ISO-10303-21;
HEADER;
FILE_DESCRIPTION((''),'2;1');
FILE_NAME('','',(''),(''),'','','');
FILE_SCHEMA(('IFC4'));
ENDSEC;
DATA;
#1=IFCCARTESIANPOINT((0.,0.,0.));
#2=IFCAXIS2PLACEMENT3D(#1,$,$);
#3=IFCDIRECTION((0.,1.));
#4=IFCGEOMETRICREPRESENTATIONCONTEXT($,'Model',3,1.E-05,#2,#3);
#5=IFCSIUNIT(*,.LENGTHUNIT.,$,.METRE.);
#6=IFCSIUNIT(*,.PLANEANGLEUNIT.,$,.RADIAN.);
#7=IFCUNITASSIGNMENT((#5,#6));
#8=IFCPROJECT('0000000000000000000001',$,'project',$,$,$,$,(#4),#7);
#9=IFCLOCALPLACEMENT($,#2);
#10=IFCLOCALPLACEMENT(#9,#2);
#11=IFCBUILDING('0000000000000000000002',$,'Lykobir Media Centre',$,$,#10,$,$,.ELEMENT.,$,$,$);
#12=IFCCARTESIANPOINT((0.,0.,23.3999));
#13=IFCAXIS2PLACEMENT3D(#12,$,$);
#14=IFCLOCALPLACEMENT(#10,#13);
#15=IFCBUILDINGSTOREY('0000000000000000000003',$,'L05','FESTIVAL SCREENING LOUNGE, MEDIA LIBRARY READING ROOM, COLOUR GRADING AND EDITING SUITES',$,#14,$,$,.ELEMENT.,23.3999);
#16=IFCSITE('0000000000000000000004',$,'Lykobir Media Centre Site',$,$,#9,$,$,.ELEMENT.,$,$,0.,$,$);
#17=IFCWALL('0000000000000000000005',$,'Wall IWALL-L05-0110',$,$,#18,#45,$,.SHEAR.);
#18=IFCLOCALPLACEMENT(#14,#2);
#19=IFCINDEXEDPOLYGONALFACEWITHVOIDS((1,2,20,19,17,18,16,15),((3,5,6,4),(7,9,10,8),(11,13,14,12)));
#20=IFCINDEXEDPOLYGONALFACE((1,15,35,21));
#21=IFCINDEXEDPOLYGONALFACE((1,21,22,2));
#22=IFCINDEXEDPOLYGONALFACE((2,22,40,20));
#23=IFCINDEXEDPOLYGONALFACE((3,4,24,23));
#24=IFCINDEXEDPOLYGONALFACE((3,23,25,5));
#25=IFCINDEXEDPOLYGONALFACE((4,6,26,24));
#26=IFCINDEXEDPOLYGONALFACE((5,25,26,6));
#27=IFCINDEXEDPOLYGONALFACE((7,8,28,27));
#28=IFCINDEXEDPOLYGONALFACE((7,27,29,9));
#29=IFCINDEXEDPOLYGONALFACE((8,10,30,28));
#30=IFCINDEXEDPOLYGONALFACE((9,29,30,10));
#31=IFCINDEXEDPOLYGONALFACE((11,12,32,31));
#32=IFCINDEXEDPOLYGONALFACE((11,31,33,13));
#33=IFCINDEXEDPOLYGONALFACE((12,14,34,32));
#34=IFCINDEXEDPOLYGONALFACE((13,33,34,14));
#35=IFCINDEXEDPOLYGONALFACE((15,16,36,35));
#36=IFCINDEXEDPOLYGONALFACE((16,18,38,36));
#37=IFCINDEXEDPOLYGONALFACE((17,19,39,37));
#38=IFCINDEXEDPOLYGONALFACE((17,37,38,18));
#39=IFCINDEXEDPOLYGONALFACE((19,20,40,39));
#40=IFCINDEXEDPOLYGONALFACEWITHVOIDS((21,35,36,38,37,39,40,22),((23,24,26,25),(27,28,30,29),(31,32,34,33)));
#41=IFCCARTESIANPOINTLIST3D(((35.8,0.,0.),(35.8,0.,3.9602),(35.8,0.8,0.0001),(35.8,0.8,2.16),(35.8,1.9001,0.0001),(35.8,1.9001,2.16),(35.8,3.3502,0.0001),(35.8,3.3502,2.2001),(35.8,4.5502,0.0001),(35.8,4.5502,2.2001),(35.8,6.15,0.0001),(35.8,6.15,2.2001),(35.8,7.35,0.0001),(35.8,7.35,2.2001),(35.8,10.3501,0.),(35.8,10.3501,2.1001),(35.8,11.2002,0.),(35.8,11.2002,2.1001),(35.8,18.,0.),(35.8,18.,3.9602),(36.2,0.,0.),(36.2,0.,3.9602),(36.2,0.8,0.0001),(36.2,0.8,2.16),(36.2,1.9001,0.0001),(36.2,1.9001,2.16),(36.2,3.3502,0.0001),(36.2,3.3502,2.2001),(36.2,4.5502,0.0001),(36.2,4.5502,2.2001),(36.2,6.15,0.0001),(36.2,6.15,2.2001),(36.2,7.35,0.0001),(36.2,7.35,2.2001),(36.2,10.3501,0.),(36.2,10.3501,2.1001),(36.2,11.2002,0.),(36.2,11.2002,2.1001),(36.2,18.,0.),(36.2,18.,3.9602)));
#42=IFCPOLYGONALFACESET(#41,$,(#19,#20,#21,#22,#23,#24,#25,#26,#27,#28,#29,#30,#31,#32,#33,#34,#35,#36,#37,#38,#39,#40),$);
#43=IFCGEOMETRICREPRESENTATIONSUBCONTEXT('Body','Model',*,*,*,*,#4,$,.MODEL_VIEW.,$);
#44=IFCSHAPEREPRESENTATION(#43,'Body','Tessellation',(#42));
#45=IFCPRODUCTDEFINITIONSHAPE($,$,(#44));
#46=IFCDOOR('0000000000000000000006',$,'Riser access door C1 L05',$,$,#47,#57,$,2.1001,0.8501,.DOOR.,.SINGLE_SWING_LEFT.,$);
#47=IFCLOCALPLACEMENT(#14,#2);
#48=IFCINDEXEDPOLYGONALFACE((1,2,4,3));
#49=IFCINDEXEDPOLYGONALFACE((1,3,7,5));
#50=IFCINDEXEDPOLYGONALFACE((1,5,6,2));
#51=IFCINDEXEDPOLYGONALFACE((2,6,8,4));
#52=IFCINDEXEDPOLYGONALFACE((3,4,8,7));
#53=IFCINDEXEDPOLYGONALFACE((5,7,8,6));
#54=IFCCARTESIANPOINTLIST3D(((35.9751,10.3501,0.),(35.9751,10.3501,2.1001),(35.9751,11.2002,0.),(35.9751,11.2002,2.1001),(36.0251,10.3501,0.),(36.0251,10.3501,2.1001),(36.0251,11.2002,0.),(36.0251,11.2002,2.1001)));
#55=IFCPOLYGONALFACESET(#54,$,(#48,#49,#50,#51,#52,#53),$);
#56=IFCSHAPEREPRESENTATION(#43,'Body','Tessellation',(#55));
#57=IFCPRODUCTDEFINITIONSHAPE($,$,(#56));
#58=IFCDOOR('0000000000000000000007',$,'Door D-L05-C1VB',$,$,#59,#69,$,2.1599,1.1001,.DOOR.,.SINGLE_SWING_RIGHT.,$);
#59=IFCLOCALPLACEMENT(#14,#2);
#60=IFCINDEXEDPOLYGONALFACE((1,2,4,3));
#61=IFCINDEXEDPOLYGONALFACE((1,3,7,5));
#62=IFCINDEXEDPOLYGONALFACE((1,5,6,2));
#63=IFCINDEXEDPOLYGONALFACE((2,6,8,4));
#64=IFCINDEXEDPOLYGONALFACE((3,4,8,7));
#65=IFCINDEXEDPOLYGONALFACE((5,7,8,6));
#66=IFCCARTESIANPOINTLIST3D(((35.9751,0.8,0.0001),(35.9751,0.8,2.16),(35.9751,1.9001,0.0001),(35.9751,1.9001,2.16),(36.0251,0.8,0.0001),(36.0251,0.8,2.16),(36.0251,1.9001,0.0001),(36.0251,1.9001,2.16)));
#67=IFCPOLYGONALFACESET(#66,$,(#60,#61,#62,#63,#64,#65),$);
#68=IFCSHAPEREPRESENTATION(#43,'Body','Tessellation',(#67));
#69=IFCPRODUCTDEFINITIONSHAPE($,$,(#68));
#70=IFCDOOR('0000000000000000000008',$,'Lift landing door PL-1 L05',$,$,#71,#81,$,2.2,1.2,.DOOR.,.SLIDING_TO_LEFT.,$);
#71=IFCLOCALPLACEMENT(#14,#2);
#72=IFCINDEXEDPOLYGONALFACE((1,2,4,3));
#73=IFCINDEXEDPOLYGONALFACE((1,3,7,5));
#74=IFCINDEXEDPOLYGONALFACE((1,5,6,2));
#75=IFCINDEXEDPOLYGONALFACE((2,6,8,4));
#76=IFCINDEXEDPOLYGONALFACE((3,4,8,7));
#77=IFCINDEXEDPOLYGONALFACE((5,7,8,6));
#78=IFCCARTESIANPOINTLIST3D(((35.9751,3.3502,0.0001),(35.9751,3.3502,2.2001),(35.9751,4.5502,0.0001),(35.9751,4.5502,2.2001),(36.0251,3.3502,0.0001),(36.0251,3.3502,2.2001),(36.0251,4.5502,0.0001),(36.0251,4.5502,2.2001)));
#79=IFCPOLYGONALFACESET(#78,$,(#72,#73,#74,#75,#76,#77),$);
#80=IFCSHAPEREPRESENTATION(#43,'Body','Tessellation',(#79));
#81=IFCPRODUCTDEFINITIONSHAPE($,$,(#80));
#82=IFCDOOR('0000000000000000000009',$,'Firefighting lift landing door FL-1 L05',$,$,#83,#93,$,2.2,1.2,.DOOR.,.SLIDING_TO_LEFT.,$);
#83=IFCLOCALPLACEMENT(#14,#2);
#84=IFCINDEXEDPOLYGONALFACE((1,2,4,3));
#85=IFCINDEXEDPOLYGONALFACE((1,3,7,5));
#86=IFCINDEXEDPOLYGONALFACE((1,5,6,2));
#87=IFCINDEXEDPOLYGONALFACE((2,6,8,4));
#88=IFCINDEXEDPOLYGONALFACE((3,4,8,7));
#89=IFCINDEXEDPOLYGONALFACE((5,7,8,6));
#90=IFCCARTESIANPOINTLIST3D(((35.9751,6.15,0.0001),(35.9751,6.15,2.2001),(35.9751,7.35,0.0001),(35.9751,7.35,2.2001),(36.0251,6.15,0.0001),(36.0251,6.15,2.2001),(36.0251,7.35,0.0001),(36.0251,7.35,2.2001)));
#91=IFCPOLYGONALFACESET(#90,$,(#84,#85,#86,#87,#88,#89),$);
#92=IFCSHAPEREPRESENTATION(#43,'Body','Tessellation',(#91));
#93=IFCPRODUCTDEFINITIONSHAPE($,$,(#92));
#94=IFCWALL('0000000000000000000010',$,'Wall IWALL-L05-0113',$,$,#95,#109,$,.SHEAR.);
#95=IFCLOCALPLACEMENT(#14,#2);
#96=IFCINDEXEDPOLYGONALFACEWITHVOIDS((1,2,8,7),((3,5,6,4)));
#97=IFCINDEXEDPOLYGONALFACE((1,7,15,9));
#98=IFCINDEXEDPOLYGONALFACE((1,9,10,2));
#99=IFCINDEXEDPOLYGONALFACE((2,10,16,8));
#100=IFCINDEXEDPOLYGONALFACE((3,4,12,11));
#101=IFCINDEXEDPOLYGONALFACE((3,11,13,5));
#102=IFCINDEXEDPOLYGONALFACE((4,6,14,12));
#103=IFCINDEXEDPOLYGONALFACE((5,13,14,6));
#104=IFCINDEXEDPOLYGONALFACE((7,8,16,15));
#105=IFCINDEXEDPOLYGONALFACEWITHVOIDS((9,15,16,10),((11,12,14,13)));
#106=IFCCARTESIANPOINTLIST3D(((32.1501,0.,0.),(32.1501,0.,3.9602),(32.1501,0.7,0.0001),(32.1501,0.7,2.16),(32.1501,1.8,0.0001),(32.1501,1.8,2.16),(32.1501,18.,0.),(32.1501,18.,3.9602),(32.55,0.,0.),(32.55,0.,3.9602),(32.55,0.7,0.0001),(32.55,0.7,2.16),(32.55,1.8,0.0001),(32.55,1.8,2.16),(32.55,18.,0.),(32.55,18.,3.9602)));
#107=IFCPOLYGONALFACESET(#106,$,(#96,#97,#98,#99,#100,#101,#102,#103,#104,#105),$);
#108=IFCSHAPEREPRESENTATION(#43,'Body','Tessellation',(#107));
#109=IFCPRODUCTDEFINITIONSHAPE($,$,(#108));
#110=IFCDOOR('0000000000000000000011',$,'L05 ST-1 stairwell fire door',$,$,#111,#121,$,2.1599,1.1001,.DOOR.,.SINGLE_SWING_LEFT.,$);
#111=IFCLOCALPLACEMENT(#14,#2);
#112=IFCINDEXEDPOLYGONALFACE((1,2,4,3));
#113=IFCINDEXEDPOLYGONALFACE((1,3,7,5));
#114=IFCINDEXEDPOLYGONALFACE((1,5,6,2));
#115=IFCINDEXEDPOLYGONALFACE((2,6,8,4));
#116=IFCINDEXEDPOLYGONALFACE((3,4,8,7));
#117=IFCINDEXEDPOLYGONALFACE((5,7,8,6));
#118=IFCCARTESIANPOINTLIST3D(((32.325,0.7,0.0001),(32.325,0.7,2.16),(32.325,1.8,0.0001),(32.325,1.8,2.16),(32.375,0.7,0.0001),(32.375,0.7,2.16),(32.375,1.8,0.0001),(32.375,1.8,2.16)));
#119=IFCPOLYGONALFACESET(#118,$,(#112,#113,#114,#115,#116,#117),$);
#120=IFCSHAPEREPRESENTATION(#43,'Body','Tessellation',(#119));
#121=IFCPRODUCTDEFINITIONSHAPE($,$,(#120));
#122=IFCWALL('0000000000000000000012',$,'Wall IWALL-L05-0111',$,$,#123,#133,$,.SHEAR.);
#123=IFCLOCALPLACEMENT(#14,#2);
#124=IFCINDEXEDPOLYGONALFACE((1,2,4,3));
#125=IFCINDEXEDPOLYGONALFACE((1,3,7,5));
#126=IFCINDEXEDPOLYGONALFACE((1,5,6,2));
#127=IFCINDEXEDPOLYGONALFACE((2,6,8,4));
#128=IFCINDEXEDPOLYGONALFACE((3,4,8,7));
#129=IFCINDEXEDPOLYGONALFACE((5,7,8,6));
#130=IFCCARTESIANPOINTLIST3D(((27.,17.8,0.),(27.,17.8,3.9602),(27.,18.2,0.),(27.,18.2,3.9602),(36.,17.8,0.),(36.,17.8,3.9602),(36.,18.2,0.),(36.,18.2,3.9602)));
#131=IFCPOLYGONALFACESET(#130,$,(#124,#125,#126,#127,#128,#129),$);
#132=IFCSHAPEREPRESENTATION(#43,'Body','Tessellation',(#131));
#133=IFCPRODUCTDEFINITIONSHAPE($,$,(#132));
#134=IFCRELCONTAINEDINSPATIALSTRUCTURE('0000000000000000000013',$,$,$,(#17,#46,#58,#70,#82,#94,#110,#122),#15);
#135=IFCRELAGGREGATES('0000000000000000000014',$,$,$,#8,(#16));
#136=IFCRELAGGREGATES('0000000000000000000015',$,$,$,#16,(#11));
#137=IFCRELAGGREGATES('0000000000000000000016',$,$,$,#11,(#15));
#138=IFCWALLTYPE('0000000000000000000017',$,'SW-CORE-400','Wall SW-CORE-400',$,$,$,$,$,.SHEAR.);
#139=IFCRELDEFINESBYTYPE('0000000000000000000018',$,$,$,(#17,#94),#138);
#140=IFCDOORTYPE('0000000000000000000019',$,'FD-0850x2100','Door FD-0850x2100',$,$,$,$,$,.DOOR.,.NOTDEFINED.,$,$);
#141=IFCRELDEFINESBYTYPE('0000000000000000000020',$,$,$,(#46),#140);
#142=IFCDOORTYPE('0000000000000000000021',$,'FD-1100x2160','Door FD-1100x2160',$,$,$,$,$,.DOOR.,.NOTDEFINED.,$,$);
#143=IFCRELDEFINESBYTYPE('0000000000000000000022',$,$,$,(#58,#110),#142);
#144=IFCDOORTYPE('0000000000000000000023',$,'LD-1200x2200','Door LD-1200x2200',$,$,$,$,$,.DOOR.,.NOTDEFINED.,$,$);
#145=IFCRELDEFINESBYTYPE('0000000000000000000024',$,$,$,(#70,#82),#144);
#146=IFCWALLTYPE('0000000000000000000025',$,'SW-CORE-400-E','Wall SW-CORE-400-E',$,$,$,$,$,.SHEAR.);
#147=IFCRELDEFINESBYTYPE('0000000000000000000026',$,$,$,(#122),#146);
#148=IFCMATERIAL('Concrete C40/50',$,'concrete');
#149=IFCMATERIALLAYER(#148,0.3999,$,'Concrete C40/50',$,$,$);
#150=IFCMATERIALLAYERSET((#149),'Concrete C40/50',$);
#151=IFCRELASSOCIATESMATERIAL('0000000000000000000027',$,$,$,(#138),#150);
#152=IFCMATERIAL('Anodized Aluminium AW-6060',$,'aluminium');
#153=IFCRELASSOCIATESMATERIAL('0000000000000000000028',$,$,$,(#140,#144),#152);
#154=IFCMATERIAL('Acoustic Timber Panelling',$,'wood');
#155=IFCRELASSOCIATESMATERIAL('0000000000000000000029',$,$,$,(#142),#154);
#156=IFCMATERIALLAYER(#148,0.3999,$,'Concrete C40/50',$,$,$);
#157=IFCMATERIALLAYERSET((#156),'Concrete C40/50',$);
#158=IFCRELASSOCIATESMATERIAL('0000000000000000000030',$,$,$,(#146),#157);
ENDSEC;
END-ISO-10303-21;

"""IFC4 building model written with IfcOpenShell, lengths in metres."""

from ifc_helpers import new_model, si_unit, direction, frame, frame_2d, origin, place, context, subcontext, project, spatial, rectangle, extrude, material, layer, layer_set, type_object, element, fill, save


model = new_model("IFC4")

# Units and contexts
model_context = context("Model", 3, precision=1e-05, world=origin(), true_north=direction((0.0, 1.0)))
body_context = subcontext(model_context, "Body", "Model", "MODEL_VIEW")
ifc_project = project(units=[si_unit("LENGTHUNIT", "METRE"), si_unit("PLANEANGLEUNIT", "RADIAN")], contexts=[model_context])

# Site, building, storey
site_placement = place(None, origin())
site = spatial("IfcSite", under=ifc_project, at=site_placement, Name="Lykobir Media Centre Site", CompositionType="ELEMENT", RefElevation=0.0)
building_placement = place(site_placement, origin())
building = spatial("IfcBuilding", under=site, at=building_placement, Name="Lykobir Media Centre", CompositionType="ELEMENT")
storey_placement = place(building_placement, frame((0.0, 0.0, 23.3999)))
storey = spatial("IfcBuildingStorey", under=building, at=storey_placement, Name="L05", Description="FESTIVAL SCREENING LOUNGE, MEDIA LIBRARY READING ROOM, COLOUR GRADING AND EDITING SUITES", CompositionType="ELEMENT", Elevation=23.3999)

# Shared definitions
ifc_material_1 = material(Name="Concrete C40/50", Category="concrete")

# Wall, openings, doors
ifc_layer_1 = layer(ifc_material_1, 0.3999, Name="Concrete C40/50")
ifc_layer_set_1 = layer_set([ifc_layer_1], Name="Concrete C40/50")
wall_type_1 = type_object("IfcWallType", Name="SW-CORE-400", Description="Wall SW-CORE-400", PredefinedType="SHEAR", material=ifc_layer_set_1)
wall_1_placement = place(storey_placement, frame((36.0, 0.0, 0.0), z_axis=(0.0, 0.0, 1.0), x_axis=(0.0, 1.0, 0.0)))
wall_1 = element("IfcWall", 1, at=wall_1_placement, inside=storey, type_object=wall_type_1, Name="Wall IWALL-L05-0110", PredefinedType="SHEAR", context=body_context, shape_type="SweptSolid", body=[
    extrude(rectangle(XDim=18.0, YDim=0.3999, at=frame_2d((9.0, 0.0))), origin(), (0.0, 0.0, 1.0), 3.9602),
])
opening_1_placement = place(wall_1_placement, frame((0.8, 0.0, 0.0)))
opening_1 = element("IfcOpeningElement", 2, at=opening_1_placement, cuts=wall_1, PredefinedType="OPENING", context=body_context, shape_type="SweptSolid", body=[
    extrude(rectangle(XDim=1.1001, YDim=2.1599, at=frame_2d((0.55, 1.0801))), frame((0.0, 0.21, 0.0), z_axis=(0.0, -1.0, 0.0), x_axis=(1.0, 0.0, 0.0)), (0.0, 0.0, 1.0), 0.4199),
])
opening_2_placement = place(wall_1_placement, frame((3.3501, 0.0, 0.0)))
opening_2 = element("IfcOpeningElement", 3, at=opening_2_placement, cuts=wall_1, PredefinedType="OPENING", context=body_context, shape_type="SweptSolid", body=[
    extrude(rectangle(XDim=1.2, YDim=2.2, at=frame_2d((0.6001, 1.1001))), frame((0.0, 0.21, 0.0), z_axis=(0.0, -1.0, 0.0), x_axis=(1.0, 0.0, 0.0)), (0.0, 0.0, 1.0), 0.4199),
])
opening_3_placement = place(wall_1_placement, frame((6.1499, 0.0, 0.0)))
opening_3 = element("IfcOpeningElement", 4, at=opening_3_placement, cuts=wall_1, PredefinedType="OPENING", context=body_context, shape_type="SweptSolid", body=[
    extrude(rectangle(XDim=1.2, YDim=2.2, at=frame_2d((0.6001, 1.1001))), frame((0.0, 0.21, 0.0), z_axis=(0.0, -1.0, 0.0), x_axis=(1.0, 0.0, 0.0)), (0.0, 0.0, 1.0), 0.4199),
])
opening_4_placement = place(wall_1_placement, frame((10.3501, 0.0, 0.0)))
opening_4 = element("IfcOpeningElement", 5, at=opening_4_placement, cuts=wall_1, PredefinedType="OPENING", context=body_context, shape_type="SweptSolid", body=[
    extrude(rectangle(XDim=0.8501, YDim=2.1001, at=frame_2d((0.425, 1.05))), frame((0.0, 0.21, 0.0), z_axis=(0.0, -1.0, 0.0), x_axis=(1.0, 0.0, 0.0)), (0.0, 0.0, 1.0), 0.4199),
])
ifc_material_2 = material(Name="Anodized Aluminium AW-6060", Category="aluminium")
door_type_1 = type_object("IfcDoorType", Name="FD-0850x2100", Description="Door FD-0850x2100", OperationType="NOTDEFINED", PredefinedType="DOOR", material=ifc_material_2)
door_1_placement = place(opening_4_placement, origin())
door_1 = element("IfcDoor", 6, at=door_1_placement, inside=storey, type_object=door_type_1, Name="Riser access door C1 L05", OperationType="SINGLE_SWING_LEFT", OverallHeight=2.1001, OverallWidth=0.8501, PredefinedType="DOOR", context=body_context, shape_type="SweptSolid", body=[
    extrude(rectangle(XDim=0.8501, YDim=2.1001, at=frame_2d((0.425, 1.05))), frame((0.0, 0.0249, 0.0), z_axis=(0.0, -1.0, 0.0), x_axis=(1.0, 0.0, 0.0)), (0.0, 0.0, 1.0), 0.05),
])
fill(opening_4, door_1)
ifc_material_3 = material(Name="Acoustic Timber Panelling", Category="wood")
door_type_2 = type_object("IfcDoorType", Name="FD-1100x2160", Description="Door FD-1100x2160", OperationType="NOTDEFINED", PredefinedType="DOOR", material=ifc_material_3)
door_2_placement = place(opening_1_placement, origin())
door_2 = element("IfcDoor", 7, at=door_2_placement, inside=storey, type_object=door_type_2, Name="Door D-L05-C1VB", OperationType="SINGLE_SWING_RIGHT", OverallHeight=2.1599, OverallWidth=1.1001, PredefinedType="DOOR", context=body_context, shape_type="SweptSolid", body=[
    extrude(rectangle(XDim=1.1001, YDim=2.1599, at=frame_2d((0.55, 1.0801))), frame((0.0, 0.0249, 0.0), z_axis=(0.0, -1.0, 0.0), x_axis=(1.0, 0.0, 0.0)), (0.0, 0.0, 1.0), 0.05),
])
fill(opening_1, door_2)
door_type_3 = type_object("IfcDoorType", Name="LD-1200x2200", Description="Door LD-1200x2200", OperationType="NOTDEFINED", PredefinedType="DOOR", material=ifc_material_2)
door_3_placement = place(opening_2_placement, origin())
door_3 = element("IfcDoor", 8, at=door_3_placement, inside=storey, type_object=door_type_3, Name="Lift landing door PL-1 L05", OperationType="SLIDING_TO_LEFT", OverallHeight=2.2, OverallWidth=1.2, PredefinedType="DOOR", context=body_context, shape_type="SweptSolid", body=[
    extrude(rectangle(XDim=1.2, YDim=2.2, at=frame_2d((0.6001, 1.1001))), frame((0.0, 0.0249, 0.0), z_axis=(0.0, -1.0, 0.0), x_axis=(1.0, 0.0, 0.0)), (0.0, 0.0, 1.0), 0.05),
])
fill(opening_2, door_3)
door_4_placement = place(opening_3_placement, origin())
door_4 = element("IfcDoor", 9, at=door_4_placement, inside=storey, type_object=door_type_3, Name="Firefighting lift landing door FL-1 L05", OperationType="SLIDING_TO_LEFT", OverallHeight=2.2, OverallWidth=1.2, PredefinedType="DOOR", context=body_context, shape_type="SweptSolid", body=[
    extrude(rectangle(XDim=1.2, YDim=2.2, at=frame_2d((0.6001, 1.1001))), frame((0.0, 0.0249, 0.0), z_axis=(0.0, -1.0, 0.0), x_axis=(1.0, 0.0, 0.0)), (0.0, 0.0, 1.0), 0.05),
])
fill(opening_3, door_4)

# Wall, opening, door
wall_2_placement = place(storey_placement, frame((32.3501, 0.0, 0.0), z_axis=(0.0, 0.0, 1.0), x_axis=(0.0, 1.0, 0.0)))
wall_2 = element("IfcWall", 10, at=wall_2_placement, inside=storey, type_object=wall_type_1, Name="Wall IWALL-L05-0113", PredefinedType="SHEAR", context=body_context, shape_type="SweptSolid", body=[
    extrude(rectangle(XDim=18.0, YDim=0.3999, at=frame_2d((9.0, 0.0))), origin(), (0.0, 0.0, 1.0), 3.9602),
])
opening_5_placement = place(wall_2_placement, frame((0.7, 0.0, 0.0)))
opening_5 = element("IfcOpeningElement", 11, at=opening_5_placement, cuts=wall_2, PredefinedType="OPENING", context=body_context, shape_type="SweptSolid", body=[
    extrude(rectangle(XDim=1.1001, YDim=2.1599, at=frame_2d((0.55, 1.0801))), frame((0.0, 0.21, 0.0), z_axis=(0.0, -1.0, 0.0), x_axis=(1.0, 0.0, 0.0)), (0.0, 0.0, 1.0), 0.4199),
])
door_5_placement = place(opening_5_placement, frame((1.1001, 0.0, 0.0), z_axis=(0.0, 0.0, 1.0), x_axis=(-1.0, 0.0, 0.0)))
door_5 = element("IfcDoor", 12, at=door_5_placement, inside=storey, type_object=door_type_2, Name="L05 ST-1 stairwell fire door", OperationType="SINGLE_SWING_LEFT", OverallHeight=2.1599, OverallWidth=1.1001, PredefinedType="DOOR", context=body_context, shape_type="SweptSolid", body=[
    extrude(rectangle(XDim=1.1001, YDim=2.1599, at=frame_2d((0.55, 1.0801))), frame((0.0, 0.0249, 0.0), z_axis=(0.0, -1.0, 0.0), x_axis=(1.0, 0.0, 0.0)), (0.0, 0.0, 1.0), 0.05),
])
fill(opening_5, door_5)

# Wall
ifc_layer_2 = layer(ifc_material_1, 0.3999, Name="Concrete C40/50")
ifc_layer_set_2 = layer_set([ifc_layer_2], Name="Concrete C40/50")
wall_type_2 = type_object("IfcWallType", Name="SW-CORE-400-E", Description="Wall SW-CORE-400-E", PredefinedType="SHEAR", material=ifc_layer_set_2)
wall_3_placement = place(storey_placement, frame((36.0, 18.0, 0.0), z_axis=(0.0, 0.0, 1.0), x_axis=(-1.0, 0.0, 0.0)))
element("IfcWall", 13, at=wall_3_placement, inside=storey, type_object=wall_type_2, Name="Wall IWALL-L05-0111", PredefinedType="SHEAR", context=body_context, shape_type="SweptSolid", body=[
    extrude(rectangle(XDim=9.0, YDim=0.3999, at=frame_2d((4.5, 0.0))), origin(), (0.0, 0.0, 1.0), 3.9602),
])

save(model, "model.ifc")
